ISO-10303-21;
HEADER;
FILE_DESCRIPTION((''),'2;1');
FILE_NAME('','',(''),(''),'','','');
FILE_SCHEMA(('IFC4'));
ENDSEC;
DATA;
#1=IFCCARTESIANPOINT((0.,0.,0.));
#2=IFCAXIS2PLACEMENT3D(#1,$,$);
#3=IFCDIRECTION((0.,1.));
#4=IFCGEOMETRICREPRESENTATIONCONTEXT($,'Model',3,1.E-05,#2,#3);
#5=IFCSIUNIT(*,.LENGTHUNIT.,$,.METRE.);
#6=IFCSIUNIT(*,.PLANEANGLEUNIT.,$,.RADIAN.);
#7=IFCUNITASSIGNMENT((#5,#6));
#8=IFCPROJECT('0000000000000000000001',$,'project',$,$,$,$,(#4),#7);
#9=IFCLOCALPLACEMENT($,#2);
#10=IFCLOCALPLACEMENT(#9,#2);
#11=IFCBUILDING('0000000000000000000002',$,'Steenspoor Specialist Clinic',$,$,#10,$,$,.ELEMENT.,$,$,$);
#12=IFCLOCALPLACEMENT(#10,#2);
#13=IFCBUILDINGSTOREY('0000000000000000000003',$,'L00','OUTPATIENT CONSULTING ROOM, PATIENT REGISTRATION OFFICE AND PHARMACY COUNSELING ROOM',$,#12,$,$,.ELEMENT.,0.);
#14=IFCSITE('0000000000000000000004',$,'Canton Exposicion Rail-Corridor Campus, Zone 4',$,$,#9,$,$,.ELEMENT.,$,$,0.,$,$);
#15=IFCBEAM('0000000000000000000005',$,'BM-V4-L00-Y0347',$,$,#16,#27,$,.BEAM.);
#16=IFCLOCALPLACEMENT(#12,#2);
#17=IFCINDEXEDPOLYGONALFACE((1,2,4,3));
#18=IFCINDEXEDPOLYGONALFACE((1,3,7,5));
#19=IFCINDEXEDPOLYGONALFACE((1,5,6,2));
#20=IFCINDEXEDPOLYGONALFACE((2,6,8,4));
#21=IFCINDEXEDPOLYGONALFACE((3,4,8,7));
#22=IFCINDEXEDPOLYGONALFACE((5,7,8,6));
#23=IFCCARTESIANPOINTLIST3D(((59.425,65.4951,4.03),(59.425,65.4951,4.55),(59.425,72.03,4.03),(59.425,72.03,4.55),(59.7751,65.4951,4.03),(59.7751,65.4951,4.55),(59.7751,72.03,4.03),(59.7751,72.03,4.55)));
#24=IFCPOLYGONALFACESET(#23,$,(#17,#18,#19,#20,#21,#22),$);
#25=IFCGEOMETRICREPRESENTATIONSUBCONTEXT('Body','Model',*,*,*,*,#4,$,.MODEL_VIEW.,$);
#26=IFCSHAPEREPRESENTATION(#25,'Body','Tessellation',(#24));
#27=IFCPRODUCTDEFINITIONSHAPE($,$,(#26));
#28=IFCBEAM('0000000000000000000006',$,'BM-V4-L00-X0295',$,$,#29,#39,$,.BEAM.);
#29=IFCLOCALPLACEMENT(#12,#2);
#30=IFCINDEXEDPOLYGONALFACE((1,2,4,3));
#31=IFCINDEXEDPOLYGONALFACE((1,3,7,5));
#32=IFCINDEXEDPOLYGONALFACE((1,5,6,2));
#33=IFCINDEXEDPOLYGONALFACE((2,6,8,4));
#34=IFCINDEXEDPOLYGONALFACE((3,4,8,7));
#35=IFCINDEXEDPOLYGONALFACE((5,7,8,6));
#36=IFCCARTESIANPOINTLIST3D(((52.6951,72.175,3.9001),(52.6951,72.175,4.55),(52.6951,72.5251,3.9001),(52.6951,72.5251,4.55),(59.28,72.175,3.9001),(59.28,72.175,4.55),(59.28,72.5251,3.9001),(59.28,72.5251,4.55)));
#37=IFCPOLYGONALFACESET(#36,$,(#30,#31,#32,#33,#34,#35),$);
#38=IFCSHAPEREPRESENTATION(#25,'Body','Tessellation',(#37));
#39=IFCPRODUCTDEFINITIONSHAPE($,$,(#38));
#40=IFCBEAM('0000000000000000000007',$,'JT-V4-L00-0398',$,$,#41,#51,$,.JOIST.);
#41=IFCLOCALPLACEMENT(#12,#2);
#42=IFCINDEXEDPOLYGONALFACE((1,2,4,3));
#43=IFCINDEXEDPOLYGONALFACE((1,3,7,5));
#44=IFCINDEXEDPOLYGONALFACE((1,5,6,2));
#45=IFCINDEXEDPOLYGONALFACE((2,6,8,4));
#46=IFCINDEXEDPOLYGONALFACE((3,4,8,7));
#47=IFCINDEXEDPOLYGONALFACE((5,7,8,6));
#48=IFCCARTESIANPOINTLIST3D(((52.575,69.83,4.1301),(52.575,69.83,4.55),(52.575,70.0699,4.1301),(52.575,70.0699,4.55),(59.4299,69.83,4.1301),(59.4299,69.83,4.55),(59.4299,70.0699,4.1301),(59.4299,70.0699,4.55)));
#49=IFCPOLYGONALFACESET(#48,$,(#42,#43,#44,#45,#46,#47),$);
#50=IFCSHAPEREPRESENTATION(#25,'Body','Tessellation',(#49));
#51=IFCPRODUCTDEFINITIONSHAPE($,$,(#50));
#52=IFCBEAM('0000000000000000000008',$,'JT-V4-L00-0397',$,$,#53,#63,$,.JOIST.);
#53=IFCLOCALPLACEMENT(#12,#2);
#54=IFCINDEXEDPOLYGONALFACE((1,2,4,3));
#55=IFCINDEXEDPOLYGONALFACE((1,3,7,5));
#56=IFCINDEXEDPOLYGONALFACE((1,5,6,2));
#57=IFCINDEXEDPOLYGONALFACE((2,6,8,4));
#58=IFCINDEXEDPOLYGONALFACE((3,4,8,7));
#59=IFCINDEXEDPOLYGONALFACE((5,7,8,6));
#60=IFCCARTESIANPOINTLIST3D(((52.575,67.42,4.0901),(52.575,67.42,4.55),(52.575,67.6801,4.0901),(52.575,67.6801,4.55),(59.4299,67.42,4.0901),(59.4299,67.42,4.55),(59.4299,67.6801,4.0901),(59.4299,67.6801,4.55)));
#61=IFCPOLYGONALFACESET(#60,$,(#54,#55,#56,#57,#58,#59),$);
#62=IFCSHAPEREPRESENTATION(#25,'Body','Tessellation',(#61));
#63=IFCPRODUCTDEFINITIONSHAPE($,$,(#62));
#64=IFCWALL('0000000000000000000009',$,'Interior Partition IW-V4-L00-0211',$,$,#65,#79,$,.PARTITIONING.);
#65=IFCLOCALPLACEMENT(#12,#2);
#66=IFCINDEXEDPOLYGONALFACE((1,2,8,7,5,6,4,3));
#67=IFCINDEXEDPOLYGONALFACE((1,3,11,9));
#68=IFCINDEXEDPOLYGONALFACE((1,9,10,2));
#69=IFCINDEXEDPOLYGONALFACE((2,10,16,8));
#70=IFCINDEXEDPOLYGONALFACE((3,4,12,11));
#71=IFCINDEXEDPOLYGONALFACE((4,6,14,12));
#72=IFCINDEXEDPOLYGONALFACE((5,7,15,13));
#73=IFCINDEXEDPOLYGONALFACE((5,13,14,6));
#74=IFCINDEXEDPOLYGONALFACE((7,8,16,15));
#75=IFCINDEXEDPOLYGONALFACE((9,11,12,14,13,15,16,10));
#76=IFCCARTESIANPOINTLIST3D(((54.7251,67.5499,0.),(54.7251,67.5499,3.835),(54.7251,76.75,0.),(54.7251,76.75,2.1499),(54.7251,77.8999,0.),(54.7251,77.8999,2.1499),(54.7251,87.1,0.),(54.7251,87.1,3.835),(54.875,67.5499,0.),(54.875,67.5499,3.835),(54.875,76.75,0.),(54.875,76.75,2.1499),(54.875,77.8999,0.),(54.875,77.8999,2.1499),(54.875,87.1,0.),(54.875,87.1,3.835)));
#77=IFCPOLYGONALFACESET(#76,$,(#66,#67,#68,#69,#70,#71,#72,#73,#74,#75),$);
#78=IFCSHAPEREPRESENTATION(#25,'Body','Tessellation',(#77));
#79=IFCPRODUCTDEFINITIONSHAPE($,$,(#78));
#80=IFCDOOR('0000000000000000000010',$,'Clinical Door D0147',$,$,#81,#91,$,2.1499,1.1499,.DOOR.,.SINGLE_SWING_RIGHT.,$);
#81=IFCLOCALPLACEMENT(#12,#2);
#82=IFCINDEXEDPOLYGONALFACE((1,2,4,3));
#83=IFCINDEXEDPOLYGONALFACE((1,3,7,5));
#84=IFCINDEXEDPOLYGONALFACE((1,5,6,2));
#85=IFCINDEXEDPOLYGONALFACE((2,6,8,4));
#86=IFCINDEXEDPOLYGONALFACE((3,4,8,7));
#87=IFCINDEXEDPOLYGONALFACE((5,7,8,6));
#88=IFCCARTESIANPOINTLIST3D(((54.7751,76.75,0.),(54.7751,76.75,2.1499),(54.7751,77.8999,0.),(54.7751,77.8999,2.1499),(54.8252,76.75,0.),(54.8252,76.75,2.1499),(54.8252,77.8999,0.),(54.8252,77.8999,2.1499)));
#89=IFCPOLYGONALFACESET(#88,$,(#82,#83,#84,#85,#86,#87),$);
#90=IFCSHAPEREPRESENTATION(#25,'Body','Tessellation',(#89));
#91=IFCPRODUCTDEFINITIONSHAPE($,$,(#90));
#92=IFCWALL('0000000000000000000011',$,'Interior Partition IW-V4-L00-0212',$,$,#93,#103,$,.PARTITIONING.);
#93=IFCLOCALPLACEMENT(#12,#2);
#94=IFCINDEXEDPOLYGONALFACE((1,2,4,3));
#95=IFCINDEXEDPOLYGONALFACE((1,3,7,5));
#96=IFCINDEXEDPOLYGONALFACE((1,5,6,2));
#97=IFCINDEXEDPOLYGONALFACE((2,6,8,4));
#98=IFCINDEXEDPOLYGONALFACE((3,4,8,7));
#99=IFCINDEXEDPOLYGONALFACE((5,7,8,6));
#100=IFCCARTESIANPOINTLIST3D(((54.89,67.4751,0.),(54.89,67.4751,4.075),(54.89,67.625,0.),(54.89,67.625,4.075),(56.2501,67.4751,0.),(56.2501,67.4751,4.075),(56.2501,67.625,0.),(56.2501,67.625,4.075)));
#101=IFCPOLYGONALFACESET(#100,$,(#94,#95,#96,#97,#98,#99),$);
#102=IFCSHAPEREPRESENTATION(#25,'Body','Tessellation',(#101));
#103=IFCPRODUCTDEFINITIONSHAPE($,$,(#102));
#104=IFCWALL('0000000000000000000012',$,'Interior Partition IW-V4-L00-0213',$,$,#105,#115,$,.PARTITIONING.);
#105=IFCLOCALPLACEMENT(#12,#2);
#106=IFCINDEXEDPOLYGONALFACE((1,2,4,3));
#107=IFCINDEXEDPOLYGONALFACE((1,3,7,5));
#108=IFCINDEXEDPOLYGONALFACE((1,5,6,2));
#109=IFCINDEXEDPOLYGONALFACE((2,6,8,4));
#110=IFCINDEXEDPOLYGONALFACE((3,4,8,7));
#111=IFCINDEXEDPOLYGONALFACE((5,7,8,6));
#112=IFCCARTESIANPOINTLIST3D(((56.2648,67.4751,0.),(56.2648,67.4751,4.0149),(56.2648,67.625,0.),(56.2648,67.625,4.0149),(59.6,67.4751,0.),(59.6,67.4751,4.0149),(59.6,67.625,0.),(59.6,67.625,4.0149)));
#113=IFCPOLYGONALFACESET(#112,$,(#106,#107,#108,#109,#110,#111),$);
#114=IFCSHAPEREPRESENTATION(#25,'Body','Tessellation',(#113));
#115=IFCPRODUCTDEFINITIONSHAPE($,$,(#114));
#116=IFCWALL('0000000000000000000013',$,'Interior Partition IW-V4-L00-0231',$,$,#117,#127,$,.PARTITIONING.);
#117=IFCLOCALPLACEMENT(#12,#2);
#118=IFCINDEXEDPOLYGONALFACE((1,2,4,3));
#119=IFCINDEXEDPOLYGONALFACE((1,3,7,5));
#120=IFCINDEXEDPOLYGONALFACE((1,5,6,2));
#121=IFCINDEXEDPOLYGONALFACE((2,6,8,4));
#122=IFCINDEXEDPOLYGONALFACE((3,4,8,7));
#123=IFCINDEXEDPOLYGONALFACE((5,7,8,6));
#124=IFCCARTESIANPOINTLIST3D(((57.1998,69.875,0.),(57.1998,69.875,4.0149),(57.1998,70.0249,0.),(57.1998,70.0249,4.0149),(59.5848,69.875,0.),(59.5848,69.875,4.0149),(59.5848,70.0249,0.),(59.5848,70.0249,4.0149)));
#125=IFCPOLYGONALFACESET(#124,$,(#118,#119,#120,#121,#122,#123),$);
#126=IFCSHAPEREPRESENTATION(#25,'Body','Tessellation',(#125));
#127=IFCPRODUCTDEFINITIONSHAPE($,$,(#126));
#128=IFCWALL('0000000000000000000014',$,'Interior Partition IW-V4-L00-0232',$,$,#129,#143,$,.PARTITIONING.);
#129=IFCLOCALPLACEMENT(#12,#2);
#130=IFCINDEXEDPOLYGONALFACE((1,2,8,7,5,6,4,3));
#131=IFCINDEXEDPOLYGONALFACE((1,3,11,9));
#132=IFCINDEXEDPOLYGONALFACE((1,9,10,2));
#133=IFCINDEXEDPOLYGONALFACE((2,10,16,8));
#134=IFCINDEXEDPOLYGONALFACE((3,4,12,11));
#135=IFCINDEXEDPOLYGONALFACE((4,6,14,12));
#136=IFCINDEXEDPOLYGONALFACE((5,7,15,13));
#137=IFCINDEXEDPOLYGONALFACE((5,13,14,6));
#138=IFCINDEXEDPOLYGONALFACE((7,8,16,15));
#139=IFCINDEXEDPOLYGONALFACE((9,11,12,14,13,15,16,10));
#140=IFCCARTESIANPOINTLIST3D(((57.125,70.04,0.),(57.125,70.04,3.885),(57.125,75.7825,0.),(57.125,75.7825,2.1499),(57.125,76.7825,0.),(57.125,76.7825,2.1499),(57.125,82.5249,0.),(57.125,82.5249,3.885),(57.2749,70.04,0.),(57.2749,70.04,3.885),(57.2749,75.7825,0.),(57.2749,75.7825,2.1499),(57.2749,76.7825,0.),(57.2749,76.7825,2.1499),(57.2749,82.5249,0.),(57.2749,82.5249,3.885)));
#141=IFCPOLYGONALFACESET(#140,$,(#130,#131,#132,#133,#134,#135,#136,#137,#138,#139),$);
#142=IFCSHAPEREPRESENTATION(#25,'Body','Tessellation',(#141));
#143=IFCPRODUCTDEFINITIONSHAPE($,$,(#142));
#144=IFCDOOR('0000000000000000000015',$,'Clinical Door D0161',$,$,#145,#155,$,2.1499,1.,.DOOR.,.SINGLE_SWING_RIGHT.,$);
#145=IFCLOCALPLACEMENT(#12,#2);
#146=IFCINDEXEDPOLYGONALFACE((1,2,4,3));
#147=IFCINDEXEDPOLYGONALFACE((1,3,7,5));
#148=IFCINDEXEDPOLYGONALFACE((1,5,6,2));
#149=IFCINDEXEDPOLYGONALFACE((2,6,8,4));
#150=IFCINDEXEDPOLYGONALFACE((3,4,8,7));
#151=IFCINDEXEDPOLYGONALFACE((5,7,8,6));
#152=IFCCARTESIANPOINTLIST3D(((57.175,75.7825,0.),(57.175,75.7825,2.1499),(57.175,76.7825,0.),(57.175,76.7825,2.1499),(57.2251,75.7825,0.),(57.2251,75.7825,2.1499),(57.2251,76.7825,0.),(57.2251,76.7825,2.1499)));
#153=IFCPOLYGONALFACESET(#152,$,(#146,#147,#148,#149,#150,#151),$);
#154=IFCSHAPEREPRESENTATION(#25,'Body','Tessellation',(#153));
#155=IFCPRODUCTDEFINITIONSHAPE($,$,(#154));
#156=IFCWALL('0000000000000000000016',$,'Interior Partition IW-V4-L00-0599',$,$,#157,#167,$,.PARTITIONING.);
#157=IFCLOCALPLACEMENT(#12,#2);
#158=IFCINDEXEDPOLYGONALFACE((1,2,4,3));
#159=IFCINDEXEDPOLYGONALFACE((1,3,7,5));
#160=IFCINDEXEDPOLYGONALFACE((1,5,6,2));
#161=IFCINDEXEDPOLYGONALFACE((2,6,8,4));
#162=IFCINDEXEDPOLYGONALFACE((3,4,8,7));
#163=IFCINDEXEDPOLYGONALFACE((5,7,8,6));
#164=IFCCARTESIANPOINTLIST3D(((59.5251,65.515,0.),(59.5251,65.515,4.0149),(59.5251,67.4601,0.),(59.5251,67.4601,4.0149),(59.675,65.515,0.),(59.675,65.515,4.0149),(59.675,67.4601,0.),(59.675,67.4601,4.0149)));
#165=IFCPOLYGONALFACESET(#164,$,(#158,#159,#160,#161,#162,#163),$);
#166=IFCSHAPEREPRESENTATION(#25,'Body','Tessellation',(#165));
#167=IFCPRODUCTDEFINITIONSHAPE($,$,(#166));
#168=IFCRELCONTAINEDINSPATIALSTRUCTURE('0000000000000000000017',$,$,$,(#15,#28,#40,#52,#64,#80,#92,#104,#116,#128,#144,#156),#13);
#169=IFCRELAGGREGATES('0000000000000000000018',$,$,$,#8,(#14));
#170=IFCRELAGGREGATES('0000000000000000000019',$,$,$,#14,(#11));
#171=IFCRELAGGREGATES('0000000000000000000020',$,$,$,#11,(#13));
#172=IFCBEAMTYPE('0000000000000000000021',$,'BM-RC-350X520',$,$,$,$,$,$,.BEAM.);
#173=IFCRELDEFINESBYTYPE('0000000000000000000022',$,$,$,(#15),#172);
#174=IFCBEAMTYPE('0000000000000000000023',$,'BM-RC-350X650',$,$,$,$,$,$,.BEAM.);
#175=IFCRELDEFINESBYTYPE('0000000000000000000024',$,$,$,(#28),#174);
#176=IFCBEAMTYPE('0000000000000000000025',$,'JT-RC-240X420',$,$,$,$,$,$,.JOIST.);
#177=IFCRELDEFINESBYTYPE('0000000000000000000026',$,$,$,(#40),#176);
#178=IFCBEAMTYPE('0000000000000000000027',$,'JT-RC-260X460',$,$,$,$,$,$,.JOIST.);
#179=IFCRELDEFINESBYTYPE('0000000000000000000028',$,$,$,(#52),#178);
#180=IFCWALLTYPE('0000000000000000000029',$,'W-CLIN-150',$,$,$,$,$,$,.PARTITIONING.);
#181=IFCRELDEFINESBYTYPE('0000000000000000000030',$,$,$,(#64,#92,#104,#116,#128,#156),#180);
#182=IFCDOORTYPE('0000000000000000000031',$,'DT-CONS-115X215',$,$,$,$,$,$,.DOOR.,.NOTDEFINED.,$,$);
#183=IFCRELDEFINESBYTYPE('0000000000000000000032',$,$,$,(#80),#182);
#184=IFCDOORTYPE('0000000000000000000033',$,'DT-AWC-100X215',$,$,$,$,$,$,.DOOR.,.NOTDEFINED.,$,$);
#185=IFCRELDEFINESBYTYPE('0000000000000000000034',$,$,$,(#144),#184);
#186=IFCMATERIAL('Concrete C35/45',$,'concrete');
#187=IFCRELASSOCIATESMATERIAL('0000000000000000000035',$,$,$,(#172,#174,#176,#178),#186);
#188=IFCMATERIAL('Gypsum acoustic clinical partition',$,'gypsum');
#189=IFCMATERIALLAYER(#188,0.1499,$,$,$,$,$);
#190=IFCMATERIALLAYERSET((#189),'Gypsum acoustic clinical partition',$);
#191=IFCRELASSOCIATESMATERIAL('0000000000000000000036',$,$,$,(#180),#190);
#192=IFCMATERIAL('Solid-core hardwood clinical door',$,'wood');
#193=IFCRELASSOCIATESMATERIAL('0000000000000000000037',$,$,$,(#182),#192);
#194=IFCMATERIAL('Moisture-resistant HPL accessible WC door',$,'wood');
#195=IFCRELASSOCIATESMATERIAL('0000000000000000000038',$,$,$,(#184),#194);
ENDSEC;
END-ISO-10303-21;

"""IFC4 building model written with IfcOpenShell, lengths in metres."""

from ifc_helpers import new_model, si_unit, direction, frame, frame_2d, origin, origin_2d, place, context, subcontext, project, spatial, rectangle, extrude, material, layer, layer_set, material_profile, profile_set, type_object, element, fill, save


model = new_model("IFC4")

# Units and contexts
model_context = context("Model", 3, precision=1e-05, world=origin(), true_north=direction((0.0, 1.0)))
body_context = subcontext(model_context, "Body", "Model", "MODEL_VIEW")
ifc_project = project(units=[si_unit("LENGTHUNIT", "METRE"), si_unit("PLANEANGLEUNIT", "RADIAN")], contexts=[model_context])

# Site, building, storey
site_placement = place(None, origin())
site = spatial("IfcSite", under=ifc_project, at=site_placement, Name="Canton Exposicion Rail-Corridor Campus, Zone 4", CompositionType="ELEMENT", RefElevation=0.0)
building_placement = place(site_placement, origin())
building = spatial("IfcBuilding", under=site, at=building_placement, Name="Steenspoor Specialist Clinic", CompositionType="ELEMENT")
storey_placement = place(building_placement, origin())
storey = spatial("IfcBuildingStorey", under=building, at=storey_placement, Name="L00", Description="OUTPATIENT CONSULTING ROOM, PATIENT REGISTRATION OFFICE AND PHARMACY COUNSELING ROOM", CompositionType="ELEMENT", Elevation=0.0)

# Shared definitions
ifc_material_1 = material(Name="Concrete C35/45", Category="concrete")

# Beams
ifc_material_profile_1 = material_profile(ifc_material_1, rectangle(XDim=0.3501, YDim=0.52, at=origin_2d()), Name="RC-BM-350X520")
ifc_profile_set_1 = profile_set([ifc_material_profile_1], Name="Concrete C35/45")
beam_type_1 = type_object("IfcBeamType", Name="BM-RC-350X520", PredefinedType="BEAM", material=ifc_profile_set_1)
beam_1_placement = place(storey_placement, frame((59.6001, 65.4951, 4.29), z_axis=(0.0, 1.0, 0.0), x_axis=(-1.0, 0.0, 0.0)))
element("IfcBeam", 1, at=beam_1_placement, inside=storey, type_object=beam_type_1, Name="BM-V4-L00-Y0347", PredefinedType="BEAM", context=body_context, shape_type="SweptSolid", body=[
    extrude(rectangle(XDim=0.3501, YDim=0.52, at=origin_2d()), origin(), (0.0, 0.0, 1.0), 6.5349),
])
ifc_material_profile_2 = material_profile(ifc_material_1, rectangle(XDim=0.3501, YDim=0.6499, at=origin_2d()), Name="RC-BM-350X650")
ifc_profile_set_2 = profile_set([ifc_material_profile_2], Name="Concrete C35/45")
beam_type_2 = type_object("IfcBeamType", Name="BM-RC-350X650", PredefinedType="BEAM", material=ifc_profile_set_2)
beam_2_placement = place(storey_placement, frame((52.6951, 72.3501, 4.2251), z_axis=(1.0, 0.0, 0.0), x_axis=(0.0, 1.0, 0.0)))
element("IfcBeam", 2, at=beam_2_placement, inside=storey, type_object=beam_type_2, Name="BM-V4-L00-X0295", PredefinedType="BEAM", context=body_context, shape_type="SweptSolid", body=[
    extrude(rectangle(XDim=0.3501, YDim=0.6499, at=origin_2d()), origin(), (0.0, 0.0, 1.0), 6.585),
])
ifc_material_profile_3 = material_profile(ifc_material_1, rectangle(XDim=0.24, YDim=0.4199, at=origin_2d()), Name="RC-JT-240X420")
ifc_profile_set_3 = profile_set([ifc_material_profile_3], Name="Concrete C35/45")
beam_type_3 = type_object("IfcBeamType", Name="JT-RC-240X420", PredefinedType="JOIST", material=ifc_profile_set_3)
beam_3_placement = place(storey_placement, frame((52.575, 69.95, 4.3401), z_axis=(1.0, 0.0, 0.0), x_axis=(0.0, 1.0, 0.0)))
element("IfcBeam", 3, at=beam_3_placement, inside=storey, type_object=beam_type_3, Name="JT-V4-L00-0398", PredefinedType="JOIST", context=body_context, shape_type="SweptSolid", body=[
    extrude(rectangle(XDim=0.24, YDim=0.4199, at=origin_2d()), origin(), (0.0, 0.0, 1.0), 6.855),
])
ifc_material_profile_4 = material_profile(ifc_material_1, rectangle(XDim=0.26, YDim=0.46, at=origin_2d()), Name="RC-JT-260X460")
ifc_profile_set_4 = profile_set([ifc_material_profile_4], Name="Concrete C35/45")
beam_type_4 = type_object("IfcBeamType", Name="JT-RC-260X460", PredefinedType="JOIST", material=ifc_profile_set_4)
beam_4_placement = place(storey_placement, frame((52.575, 67.55, 4.3201), z_axis=(1.0, 0.0, 0.0), x_axis=(0.0, 1.0, 0.0)))
element("IfcBeam", 4, at=beam_4_placement, inside=storey, type_object=beam_type_4, Name="JT-V4-L00-0397", PredefinedType="JOIST", context=body_context, shape_type="SweptSolid", body=[
    extrude(rectangle(XDim=0.26, YDim=0.46, at=origin_2d()), origin(), (0.0, 0.0, 1.0), 6.855),
])

# Wall, opening, door
ifc_material_2 = material(Name="Gypsum acoustic clinical partition", Category="gypsum")
ifc_layer_1 = layer(ifc_material_2, 0.1499)
ifc_layer_set_1 = layer_set([ifc_layer_1], Name="Gypsum acoustic clinical partition")
wall_type_1 = type_object("IfcWallType", Name="W-CLIN-150", PredefinedType="PARTITIONING", material=ifc_layer_set_1)
wall_1_placement = place(storey_placement, frame((54.8, 67.55, 0.0), z_axis=(0.0, 0.0, 1.0), x_axis=(0.0, 1.0, 0.0)))
wall_1 = element("IfcWall", 5, at=wall_1_placement, inside=storey, type_object=wall_type_1, Name="Interior Partition IW-V4-L00-0211", PredefinedType="PARTITIONING", context=body_context, shape_type="SweptSolid", body=[
    extrude(rectangle(XDim=19.55, YDim=0.1499, at=frame_2d((9.7749, 0.0))), origin(), (0.0, 0.0, 1.0), 3.835),
])
opening_1_placement = place(wall_1_placement, frame((9.2, 0.0, 0.0)))
opening_1 = element("IfcOpeningElement", 6, at=opening_1_placement, cuts=wall_1, PredefinedType="OPENING", context=body_context, shape_type="SweptSolid", body=[
    extrude(rectangle(XDim=1.1499, YDim=2.1499, at=frame_2d((0.575, 1.075))), frame((0.0, 0.085, 0.0), z_axis=(0.0, -1.0, 0.0), x_axis=(1.0, 0.0, 0.0)), (0.0, 0.0, 1.0), 0.1699),
])
ifc_material_3 = material(Name="Solid-core hardwood clinical door", Category="wood")
door_type_1 = type_object("IfcDoorType", Name="DT-CONS-115X215", OperationType="NOTDEFINED", PredefinedType="DOOR", material=ifc_material_3)
door_1_placement = place(opening_1_placement, origin())
door_1 = element("IfcDoor", 7, at=door_1_placement, inside=storey, type_object=door_type_1, Name="Clinical Door D0147", OperationType="SINGLE_SWING_RIGHT", OverallHeight=2.1499, OverallWidth=1.1499, PredefinedType="DOOR", context=body_context, shape_type="SweptSolid", body=[
    extrude(rectangle(XDim=1.1499, YDim=2.1499, at=frame_2d((0.575, 1.075))), frame((0.0, 0.0249, 0.0), z_axis=(0.0, -1.0, 0.0), x_axis=(1.0, 0.0, 0.0)), (0.0, 0.0, 1.0), 0.05),
])
fill(opening_1, door_1)

# Walls
wall_2_placement = place(storey_placement, frame((54.8899, 67.55, 0.0), z_axis=(0.0, 0.0, 1.0), x_axis=(1.0, 0.0, 0.0)))
element("IfcWall", 8, at=wall_2_placement, inside=storey, type_object=wall_type_1, Name="Interior Partition IW-V4-L00-0212", PredefinedType="PARTITIONING", context=body_context, shape_type="SweptSolid", body=[
    extrude(rectangle(XDim=1.3601, YDim=0.1499, at=frame_2d((0.6802, 0.0))), origin(), (0.0, 0.0, 1.0), 4.075),
])
wall_3_placement = place(storey_placement, frame((56.2649, 67.55, 0.0), z_axis=(0.0, 0.0, 1.0), x_axis=(1.0, 0.0, 0.0)))
element("IfcWall", 9, at=wall_3_placement, inside=storey, type_object=wall_type_1, Name="Interior Partition IW-V4-L00-0213", PredefinedType="PARTITIONING", context=body_context, shape_type="SweptSolid", body=[
    extrude(rectangle(XDim=3.3352, YDim=0.1499, at=frame_2d((1.6675, 0.0))), origin(), (0.0, 0.0, 1.0), 4.0149),
])
wall_4_placement = place(storey_placement, frame((57.2, 69.95, 0.0), z_axis=(0.0, 0.0, 1.0), x_axis=(1.0, 0.0, 0.0)))
element("IfcWall", 10, at=wall_4_placement, inside=storey, type_object=wall_type_1, Name="Interior Partition IW-V4-L00-0231", PredefinedType="PARTITIONING", context=body_context, shape_type="SweptSolid", body=[
    extrude(rectangle(XDim=2.385, YDim=0.1499, at=frame_2d((1.1924, 0.0))), origin(), (0.0, 0.0, 1.0), 4.0149),
])

# Wall, opening, door
wall_5_placement = place(storey_placement, frame((57.2, 70.04, 0.0), z_axis=(0.0, 0.0, 1.0), x_axis=(0.0, 1.0, 0.0)))
wall_5 = element("IfcWall", 11, at=wall_5_placement, inside=storey, type_object=wall_type_1, Name="Interior Partition IW-V4-L00-0232", PredefinedType="PARTITIONING", context=body_context, shape_type="SweptSolid", body=[
    extrude(rectangle(XDim=12.4849, YDim=0.1499, at=frame_2d((6.2424, 0.0))), origin(), (0.0, 0.0, 1.0), 3.885),
])
opening_2_placement = place(wall_5_placement, frame((5.7424, 0.0, 0.0)))
opening_2 = element("IfcOpeningElement", 12, at=opening_2_placement, cuts=wall_5, PredefinedType="OPENING", context=body_context, shape_type="SweptSolid", body=[
    extrude(rectangle(XDim=1.0, YDim=2.1499, at=frame_2d((0.5, 1.075))), frame((0.0, 0.085, 0.0), z_axis=(0.0, -1.0, 0.0), x_axis=(1.0, 0.0, 0.0)), (0.0, 0.0, 1.0), 0.1699),
])
ifc_material_4 = material(Name="Moisture-resistant HPL accessible WC door", Category="wood")
door_type_2 = type_object("IfcDoorType", Name="DT-AWC-100X215", OperationType="NOTDEFINED", PredefinedType="DOOR", material=ifc_material_4)
door_2_placement = place(opening_2_placement, origin())
door_2 = element("IfcDoor", 13, at=door_2_placement, inside=storey, type_object=door_type_2, Name="Clinical Door D0161", OperationType="SINGLE_SWING_RIGHT", OverallHeight=2.1499, OverallWidth=1.0, PredefinedType="DOOR", context=body_context, shape_type="SweptSolid", body=[
    extrude(rectangle(XDim=1.0, YDim=2.1499, at=frame_2d((0.5, 1.075))), frame((0.0, 0.0249, 0.0), z_axis=(0.0, -1.0, 0.0), x_axis=(1.0, 0.0, 0.0)), (0.0, 0.0, 1.0), 0.05),
])
fill(opening_2, door_2)

# Wall
wall_6_placement = place(storey_placement, frame((59.6001, 65.5149, 0.0), z_axis=(0.0, 0.0, 1.0), x_axis=(0.0, 1.0, 0.0)))
element("IfcWall", 14, at=wall_6_placement, inside=storey, type_object=wall_type_1, Name="Interior Partition IW-V4-L00-0599", PredefinedType="PARTITIONING", context=body_context, shape_type="SweptSolid", body=[
    extrude(rectangle(XDim=1.9451, YDim=0.1499, at=frame_2d((0.9727, 0.0))), origin(), (0.0, 0.0, 1.0), 4.0149),
])

save(model, "model.ifc")
